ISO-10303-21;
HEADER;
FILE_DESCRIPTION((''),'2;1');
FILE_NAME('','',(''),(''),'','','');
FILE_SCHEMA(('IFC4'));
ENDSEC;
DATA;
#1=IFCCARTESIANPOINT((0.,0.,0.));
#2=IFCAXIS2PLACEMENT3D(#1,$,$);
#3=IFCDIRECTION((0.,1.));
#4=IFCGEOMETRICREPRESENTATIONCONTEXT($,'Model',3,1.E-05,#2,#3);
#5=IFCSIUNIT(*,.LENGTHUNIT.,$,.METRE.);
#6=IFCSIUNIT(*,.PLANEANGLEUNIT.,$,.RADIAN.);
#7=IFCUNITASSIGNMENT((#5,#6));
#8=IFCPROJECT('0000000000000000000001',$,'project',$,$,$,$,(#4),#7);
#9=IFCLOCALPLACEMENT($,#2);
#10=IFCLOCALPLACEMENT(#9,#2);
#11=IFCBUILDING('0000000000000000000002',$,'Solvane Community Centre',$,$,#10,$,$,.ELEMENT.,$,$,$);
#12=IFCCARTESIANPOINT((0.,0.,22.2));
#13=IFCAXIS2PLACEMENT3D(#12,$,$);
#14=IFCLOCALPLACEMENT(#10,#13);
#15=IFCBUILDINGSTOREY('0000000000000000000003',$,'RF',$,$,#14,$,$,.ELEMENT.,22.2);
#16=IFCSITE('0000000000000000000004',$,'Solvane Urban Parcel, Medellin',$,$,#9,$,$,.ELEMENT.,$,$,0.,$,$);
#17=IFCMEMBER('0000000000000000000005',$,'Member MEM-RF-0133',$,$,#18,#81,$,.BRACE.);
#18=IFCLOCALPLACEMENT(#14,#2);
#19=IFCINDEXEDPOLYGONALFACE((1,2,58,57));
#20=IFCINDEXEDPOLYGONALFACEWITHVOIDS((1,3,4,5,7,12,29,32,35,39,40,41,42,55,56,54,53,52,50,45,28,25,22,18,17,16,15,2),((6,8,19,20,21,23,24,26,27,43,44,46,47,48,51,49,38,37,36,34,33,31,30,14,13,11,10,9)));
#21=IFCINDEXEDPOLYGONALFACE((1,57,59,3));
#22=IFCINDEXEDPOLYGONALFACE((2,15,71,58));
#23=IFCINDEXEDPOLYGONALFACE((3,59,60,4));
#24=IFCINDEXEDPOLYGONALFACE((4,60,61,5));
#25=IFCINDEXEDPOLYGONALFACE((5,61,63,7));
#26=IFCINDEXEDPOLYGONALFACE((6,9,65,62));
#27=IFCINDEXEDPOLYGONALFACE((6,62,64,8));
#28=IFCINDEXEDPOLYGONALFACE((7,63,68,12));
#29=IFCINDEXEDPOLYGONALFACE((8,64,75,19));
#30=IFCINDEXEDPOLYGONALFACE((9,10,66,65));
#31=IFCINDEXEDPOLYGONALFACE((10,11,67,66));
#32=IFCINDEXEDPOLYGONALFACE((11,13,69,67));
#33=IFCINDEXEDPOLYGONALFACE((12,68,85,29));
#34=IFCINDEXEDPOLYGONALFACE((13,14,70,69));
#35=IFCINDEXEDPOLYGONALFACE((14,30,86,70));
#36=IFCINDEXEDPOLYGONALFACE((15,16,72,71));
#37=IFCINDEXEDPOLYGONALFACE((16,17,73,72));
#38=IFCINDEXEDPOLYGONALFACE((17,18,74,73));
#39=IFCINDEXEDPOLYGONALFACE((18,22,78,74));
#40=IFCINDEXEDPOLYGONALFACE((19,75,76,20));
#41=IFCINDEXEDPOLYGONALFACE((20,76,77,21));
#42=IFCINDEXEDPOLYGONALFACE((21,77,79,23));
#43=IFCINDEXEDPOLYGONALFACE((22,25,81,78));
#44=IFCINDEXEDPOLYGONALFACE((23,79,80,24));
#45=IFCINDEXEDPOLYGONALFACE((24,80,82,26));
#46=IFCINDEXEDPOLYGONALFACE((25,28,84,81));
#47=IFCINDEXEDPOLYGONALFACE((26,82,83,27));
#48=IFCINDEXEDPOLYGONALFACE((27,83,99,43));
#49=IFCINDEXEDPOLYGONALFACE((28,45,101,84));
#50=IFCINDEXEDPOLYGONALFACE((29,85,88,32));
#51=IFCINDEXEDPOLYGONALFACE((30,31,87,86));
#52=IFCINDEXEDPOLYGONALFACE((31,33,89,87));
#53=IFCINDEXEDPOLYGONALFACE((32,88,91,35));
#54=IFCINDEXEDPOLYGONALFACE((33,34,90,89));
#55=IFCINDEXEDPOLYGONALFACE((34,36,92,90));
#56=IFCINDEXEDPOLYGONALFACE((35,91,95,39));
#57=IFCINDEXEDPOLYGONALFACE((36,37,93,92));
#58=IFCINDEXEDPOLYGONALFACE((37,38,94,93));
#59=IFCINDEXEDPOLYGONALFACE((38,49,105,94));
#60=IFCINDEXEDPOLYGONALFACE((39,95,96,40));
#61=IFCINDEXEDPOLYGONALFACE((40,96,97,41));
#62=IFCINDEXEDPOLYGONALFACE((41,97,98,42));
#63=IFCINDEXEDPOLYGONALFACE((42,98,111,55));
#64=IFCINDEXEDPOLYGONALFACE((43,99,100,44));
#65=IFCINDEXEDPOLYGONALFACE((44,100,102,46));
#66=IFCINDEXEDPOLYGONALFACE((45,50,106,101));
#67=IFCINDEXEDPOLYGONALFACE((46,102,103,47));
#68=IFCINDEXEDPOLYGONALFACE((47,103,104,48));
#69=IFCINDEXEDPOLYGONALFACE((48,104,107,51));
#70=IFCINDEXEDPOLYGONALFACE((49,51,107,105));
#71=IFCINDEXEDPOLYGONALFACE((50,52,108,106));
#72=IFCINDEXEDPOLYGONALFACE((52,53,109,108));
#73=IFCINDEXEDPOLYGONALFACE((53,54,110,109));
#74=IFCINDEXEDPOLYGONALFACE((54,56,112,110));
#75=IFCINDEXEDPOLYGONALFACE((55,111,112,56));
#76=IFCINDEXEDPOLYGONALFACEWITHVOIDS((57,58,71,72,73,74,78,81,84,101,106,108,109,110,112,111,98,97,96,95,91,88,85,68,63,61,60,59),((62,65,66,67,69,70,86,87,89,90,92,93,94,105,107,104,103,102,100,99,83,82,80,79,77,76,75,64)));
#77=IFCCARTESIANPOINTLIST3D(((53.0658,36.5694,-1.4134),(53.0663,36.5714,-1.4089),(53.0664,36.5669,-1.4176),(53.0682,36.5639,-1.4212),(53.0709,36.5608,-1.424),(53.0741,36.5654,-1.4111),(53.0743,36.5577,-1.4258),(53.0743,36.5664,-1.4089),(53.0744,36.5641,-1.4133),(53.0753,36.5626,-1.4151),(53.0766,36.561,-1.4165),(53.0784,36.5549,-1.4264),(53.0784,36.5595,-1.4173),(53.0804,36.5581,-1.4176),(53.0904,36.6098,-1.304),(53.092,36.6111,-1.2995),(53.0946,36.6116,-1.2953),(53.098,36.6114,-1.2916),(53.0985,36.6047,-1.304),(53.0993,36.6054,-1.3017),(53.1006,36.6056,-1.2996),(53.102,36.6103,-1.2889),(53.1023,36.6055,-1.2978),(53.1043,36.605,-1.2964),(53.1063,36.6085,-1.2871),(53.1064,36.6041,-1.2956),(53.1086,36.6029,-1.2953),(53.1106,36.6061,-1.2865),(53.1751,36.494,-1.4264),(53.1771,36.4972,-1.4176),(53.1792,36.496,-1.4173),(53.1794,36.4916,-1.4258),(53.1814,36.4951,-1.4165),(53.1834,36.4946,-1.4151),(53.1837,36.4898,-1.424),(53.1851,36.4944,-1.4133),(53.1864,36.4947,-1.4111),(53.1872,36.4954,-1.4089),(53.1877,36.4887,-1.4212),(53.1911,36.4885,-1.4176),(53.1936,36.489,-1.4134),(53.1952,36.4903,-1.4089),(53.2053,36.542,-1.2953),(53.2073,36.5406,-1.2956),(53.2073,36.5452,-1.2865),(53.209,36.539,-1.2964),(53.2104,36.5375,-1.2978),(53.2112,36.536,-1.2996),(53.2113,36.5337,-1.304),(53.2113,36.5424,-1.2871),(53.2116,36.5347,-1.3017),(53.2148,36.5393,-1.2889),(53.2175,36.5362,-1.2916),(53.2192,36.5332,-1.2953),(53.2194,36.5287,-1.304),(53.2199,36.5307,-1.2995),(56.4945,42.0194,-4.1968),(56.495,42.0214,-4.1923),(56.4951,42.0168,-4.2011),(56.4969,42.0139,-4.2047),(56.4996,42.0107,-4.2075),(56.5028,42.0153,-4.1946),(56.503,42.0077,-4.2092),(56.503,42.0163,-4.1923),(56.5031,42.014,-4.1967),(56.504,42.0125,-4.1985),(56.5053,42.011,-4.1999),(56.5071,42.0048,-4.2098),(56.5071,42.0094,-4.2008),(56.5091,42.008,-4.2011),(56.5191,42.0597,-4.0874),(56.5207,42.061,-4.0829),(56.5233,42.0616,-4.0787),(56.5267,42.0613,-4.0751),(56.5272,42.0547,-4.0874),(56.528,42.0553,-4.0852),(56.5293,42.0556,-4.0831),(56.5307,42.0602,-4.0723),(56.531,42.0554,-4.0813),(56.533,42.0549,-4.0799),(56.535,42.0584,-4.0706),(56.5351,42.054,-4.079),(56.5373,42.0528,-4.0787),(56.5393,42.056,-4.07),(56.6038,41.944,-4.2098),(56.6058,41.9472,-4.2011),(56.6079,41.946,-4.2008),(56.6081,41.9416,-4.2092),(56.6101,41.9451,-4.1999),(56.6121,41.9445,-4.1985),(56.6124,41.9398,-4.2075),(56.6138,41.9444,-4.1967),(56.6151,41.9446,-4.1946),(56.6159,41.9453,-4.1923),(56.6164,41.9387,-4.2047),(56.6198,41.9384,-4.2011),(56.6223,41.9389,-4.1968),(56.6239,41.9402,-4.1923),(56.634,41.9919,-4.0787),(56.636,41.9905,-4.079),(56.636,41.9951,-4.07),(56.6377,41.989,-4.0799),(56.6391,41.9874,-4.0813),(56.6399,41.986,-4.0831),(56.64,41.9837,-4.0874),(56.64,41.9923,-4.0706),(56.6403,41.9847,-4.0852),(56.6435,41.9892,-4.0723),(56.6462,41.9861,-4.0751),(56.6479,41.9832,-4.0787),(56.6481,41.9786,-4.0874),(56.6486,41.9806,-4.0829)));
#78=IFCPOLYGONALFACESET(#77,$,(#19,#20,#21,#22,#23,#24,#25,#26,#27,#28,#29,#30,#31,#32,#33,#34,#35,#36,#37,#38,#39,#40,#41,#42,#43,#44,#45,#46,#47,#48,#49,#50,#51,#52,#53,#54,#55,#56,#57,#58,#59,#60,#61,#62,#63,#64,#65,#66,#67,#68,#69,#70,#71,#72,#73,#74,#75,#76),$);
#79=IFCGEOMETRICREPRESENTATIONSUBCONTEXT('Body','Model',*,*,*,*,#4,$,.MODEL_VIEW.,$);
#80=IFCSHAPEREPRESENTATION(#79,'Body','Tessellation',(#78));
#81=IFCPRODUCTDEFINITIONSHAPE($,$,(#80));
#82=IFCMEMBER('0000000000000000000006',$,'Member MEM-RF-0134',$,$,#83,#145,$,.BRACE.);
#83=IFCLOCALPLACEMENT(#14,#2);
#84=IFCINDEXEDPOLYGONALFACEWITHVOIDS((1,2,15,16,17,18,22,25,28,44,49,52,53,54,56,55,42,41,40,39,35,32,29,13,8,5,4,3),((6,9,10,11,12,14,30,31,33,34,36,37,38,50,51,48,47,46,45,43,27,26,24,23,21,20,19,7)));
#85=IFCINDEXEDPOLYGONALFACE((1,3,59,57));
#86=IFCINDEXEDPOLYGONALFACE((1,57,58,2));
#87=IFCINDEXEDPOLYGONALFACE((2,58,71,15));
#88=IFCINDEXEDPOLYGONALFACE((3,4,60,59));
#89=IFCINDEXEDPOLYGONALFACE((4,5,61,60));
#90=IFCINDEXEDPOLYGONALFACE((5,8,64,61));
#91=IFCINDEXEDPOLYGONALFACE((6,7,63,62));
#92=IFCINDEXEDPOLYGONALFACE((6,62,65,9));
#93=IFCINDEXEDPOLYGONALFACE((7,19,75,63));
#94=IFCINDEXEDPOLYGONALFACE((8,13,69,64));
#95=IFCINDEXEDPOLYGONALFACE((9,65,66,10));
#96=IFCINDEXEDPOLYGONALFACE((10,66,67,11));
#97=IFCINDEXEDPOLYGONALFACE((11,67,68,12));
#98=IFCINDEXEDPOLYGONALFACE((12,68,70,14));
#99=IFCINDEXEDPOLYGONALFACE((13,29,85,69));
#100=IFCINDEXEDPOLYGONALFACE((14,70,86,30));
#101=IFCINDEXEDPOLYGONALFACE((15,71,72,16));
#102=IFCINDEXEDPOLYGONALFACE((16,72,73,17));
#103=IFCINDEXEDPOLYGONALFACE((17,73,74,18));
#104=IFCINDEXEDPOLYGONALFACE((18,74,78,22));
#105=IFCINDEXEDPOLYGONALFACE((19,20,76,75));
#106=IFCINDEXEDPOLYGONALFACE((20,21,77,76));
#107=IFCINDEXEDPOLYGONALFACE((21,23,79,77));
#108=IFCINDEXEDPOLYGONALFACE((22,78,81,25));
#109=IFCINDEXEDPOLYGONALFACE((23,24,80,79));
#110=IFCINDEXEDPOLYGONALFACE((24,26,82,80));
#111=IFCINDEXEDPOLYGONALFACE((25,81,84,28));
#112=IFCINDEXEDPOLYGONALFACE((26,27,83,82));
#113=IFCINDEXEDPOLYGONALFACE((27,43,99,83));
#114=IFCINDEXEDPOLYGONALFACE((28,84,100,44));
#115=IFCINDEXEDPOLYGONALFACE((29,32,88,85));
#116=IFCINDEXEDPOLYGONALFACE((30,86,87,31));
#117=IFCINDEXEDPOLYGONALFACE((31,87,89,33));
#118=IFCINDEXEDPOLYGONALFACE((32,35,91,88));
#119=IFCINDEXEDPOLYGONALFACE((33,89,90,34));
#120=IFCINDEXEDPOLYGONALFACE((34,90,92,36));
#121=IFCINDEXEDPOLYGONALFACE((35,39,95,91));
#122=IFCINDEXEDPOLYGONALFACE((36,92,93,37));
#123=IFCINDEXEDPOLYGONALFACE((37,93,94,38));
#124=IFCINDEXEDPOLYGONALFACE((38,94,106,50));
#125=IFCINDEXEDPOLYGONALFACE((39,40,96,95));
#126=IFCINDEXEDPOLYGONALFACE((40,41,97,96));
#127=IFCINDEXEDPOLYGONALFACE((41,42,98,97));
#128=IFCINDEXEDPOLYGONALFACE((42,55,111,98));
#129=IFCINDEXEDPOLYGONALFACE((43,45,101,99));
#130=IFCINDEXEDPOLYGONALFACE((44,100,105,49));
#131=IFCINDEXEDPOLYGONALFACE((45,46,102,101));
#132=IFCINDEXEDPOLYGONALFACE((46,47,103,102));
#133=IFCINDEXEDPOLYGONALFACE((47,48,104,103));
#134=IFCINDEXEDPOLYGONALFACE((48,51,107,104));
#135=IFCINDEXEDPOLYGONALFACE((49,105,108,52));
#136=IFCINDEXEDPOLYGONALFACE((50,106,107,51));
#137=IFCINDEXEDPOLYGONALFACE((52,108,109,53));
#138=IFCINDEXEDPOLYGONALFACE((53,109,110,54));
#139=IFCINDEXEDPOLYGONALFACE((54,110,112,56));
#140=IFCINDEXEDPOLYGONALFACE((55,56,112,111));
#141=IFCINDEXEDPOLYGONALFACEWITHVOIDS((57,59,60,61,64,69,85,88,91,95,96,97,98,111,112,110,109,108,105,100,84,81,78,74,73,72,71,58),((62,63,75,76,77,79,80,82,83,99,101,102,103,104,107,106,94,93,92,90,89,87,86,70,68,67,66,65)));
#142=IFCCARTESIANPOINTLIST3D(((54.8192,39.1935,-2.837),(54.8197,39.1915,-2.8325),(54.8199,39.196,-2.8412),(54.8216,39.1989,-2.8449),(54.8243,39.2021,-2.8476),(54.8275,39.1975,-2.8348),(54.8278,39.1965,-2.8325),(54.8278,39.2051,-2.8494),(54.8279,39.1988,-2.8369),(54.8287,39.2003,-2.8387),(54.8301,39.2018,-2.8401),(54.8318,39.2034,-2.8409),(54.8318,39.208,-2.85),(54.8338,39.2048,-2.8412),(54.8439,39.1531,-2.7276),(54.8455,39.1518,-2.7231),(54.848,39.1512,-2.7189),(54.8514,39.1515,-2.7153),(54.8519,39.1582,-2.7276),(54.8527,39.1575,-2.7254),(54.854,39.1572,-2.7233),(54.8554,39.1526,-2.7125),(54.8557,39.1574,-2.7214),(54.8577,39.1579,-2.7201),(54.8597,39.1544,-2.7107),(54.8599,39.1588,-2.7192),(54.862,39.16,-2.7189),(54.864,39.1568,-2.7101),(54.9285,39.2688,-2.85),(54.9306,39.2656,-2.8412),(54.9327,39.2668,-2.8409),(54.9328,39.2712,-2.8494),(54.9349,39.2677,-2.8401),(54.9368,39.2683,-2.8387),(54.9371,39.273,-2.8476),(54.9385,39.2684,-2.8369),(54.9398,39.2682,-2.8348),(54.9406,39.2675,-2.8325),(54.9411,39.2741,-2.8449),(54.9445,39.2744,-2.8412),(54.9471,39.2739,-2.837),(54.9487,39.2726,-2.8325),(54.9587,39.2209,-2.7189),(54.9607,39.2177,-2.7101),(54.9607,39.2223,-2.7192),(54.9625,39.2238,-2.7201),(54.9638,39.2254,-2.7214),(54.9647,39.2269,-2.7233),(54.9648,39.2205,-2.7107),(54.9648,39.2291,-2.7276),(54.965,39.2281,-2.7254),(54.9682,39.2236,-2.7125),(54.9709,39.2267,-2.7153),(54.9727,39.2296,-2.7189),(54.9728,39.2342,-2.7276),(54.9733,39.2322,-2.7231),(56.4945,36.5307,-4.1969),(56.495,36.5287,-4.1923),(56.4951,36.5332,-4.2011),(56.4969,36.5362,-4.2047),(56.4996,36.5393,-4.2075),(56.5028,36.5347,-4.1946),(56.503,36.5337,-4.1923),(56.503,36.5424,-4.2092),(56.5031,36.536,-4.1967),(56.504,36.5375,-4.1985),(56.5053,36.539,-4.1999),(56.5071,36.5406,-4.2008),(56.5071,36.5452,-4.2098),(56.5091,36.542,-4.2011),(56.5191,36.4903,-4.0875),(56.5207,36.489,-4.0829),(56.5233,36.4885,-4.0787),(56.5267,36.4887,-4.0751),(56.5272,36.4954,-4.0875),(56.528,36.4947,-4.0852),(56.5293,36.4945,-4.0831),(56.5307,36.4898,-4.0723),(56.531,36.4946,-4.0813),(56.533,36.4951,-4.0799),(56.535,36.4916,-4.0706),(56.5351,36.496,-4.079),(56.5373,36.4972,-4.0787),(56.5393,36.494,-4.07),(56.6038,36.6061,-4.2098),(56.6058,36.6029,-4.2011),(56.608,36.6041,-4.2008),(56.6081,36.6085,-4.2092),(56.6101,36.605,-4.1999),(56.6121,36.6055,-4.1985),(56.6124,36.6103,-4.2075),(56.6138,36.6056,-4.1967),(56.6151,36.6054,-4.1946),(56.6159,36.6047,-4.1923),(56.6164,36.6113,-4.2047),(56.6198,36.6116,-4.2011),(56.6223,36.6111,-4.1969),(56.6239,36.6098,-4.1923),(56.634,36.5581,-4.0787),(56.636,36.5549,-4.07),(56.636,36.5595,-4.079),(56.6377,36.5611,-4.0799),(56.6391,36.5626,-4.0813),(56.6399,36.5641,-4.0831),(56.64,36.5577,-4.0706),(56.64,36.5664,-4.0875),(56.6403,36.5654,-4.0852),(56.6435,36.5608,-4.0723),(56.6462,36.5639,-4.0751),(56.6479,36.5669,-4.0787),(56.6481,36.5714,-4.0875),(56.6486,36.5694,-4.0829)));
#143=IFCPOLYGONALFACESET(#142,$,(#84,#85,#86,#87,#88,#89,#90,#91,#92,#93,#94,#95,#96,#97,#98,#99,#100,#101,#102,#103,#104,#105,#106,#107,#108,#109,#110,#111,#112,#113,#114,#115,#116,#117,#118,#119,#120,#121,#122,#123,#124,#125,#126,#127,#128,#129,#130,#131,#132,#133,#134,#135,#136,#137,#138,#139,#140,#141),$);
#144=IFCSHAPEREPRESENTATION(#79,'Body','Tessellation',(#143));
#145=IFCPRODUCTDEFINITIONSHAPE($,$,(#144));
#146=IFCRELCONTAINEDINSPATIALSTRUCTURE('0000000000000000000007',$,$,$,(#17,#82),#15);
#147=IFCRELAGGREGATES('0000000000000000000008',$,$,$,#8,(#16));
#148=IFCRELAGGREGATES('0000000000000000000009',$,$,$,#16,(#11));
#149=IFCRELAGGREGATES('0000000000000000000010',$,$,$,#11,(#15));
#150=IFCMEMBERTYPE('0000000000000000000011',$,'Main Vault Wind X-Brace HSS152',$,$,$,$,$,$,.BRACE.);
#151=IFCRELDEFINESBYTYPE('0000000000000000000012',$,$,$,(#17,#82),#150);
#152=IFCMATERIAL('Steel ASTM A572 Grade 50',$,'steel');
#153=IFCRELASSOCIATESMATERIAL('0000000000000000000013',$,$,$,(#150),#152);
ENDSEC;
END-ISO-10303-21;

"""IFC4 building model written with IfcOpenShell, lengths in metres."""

from ifc_helpers import new_model, si_unit, direction, frame, origin, origin_2d, place, context, subcontext, project, spatial, hollow_rectangle, extrude, material, material_profile, profile_set, type_object, element, save


model = new_model("IFC4")

# Units and contexts
model_context = context("Model", 3, precision=1e-05, world=origin(), true_north=direction((0.0, 1.0)))
body_context = subcontext(model_context, "Body", "Model", "MODEL_VIEW")
ifc_project = project(units=[si_unit("LENGTHUNIT", "METRE"), si_unit("PLANEANGLEUNIT", "RADIAN")], contexts=[model_context])

# Site, building, storey
site_placement = place(None, origin())
site = spatial("IfcSite", under=ifc_project, at=site_placement, Name="Solvane Urban Parcel, Medellin", CompositionType="ELEMENT", RefElevation=0.0)
building_placement = place(site_placement, origin())
building = spatial("IfcBuilding", under=site, at=building_placement, Name="Solvane Community Centre", CompositionType="ELEMENT")
storey_placement = place(building_placement, frame((0.0, 0.0, 22.2)))
storey = spatial("IfcBuildingStorey", under=building, at=storey_placement, Name="RF", CompositionType="ELEMENT", Elevation=22.2)

# Members
ifc_material_1 = material(Name="Steel ASTM A572 Grade 50", Category="steel")
ifc_material_profile_1 = material_profile(ifc_material_1, hollow_rectangle(XDim=0.1523, YDim=0.1523, WallThickness=0.0095, InnerFilletRadius=0.0095, OuterFilletRadius=0.019, at=origin_2d()), Name="HSS 152x152x9.5")
ifc_profile_set_1 = profile_set([ifc_material_profile_1], Name="Steel ASTM A572 Grade 50")
member_type_1 = type_object("IfcMemberType", Name="Main Vault Wind X-Brace HSS152", PredefinedType="BRACE", material=ifc_profile_set_1)
member_1_placement = place(storey_placement, frame((53.1428, 36.55, -1.3564), z_axis=(0.488791, 0.776936, -0.396804), x_axis=(-0.846425, 0.532509, 0.0)))
element("IfcMember", 1, at=member_1_placement, inside=storey, type_object=member_type_1, Name="Member MEM-RF-0133", PredefinedType="BRACE", context=body_context, shape_type="SweptSolid", body=[
    extrude(hollow_rectangle(XDim=0.1523, YDim=0.1523, WallThickness=0.0095, InnerFilletRadius=0.0095, OuterFilletRadius=0.019, at=origin_2d()), origin(), (0.0, 0.0, 1.0), 7.0146),
])
member_2_placement = place(storey_placement, frame((56.5715, 36.55, -4.1399), z_axis=(-0.488805, 0.776944, 0.396771), x_axis=(-0.846421, -0.532515, 0.0)))
element("IfcMember", 2, at=member_2_placement, inside=storey, type_object=member_type_1, Name="Member MEM-RF-0134", PredefinedType="BRACE", context=body_context, shape_type="SweptSolid", body=[
    extrude(hollow_rectangle(XDim=0.1523, YDim=0.1523, WallThickness=0.0095, InnerFilletRadius=0.0095, OuterFilletRadius=0.019, at=origin_2d()), origin(), (0.0, 0.0, 1.0), 3.4272),
])

save(model, "model.ifc")
